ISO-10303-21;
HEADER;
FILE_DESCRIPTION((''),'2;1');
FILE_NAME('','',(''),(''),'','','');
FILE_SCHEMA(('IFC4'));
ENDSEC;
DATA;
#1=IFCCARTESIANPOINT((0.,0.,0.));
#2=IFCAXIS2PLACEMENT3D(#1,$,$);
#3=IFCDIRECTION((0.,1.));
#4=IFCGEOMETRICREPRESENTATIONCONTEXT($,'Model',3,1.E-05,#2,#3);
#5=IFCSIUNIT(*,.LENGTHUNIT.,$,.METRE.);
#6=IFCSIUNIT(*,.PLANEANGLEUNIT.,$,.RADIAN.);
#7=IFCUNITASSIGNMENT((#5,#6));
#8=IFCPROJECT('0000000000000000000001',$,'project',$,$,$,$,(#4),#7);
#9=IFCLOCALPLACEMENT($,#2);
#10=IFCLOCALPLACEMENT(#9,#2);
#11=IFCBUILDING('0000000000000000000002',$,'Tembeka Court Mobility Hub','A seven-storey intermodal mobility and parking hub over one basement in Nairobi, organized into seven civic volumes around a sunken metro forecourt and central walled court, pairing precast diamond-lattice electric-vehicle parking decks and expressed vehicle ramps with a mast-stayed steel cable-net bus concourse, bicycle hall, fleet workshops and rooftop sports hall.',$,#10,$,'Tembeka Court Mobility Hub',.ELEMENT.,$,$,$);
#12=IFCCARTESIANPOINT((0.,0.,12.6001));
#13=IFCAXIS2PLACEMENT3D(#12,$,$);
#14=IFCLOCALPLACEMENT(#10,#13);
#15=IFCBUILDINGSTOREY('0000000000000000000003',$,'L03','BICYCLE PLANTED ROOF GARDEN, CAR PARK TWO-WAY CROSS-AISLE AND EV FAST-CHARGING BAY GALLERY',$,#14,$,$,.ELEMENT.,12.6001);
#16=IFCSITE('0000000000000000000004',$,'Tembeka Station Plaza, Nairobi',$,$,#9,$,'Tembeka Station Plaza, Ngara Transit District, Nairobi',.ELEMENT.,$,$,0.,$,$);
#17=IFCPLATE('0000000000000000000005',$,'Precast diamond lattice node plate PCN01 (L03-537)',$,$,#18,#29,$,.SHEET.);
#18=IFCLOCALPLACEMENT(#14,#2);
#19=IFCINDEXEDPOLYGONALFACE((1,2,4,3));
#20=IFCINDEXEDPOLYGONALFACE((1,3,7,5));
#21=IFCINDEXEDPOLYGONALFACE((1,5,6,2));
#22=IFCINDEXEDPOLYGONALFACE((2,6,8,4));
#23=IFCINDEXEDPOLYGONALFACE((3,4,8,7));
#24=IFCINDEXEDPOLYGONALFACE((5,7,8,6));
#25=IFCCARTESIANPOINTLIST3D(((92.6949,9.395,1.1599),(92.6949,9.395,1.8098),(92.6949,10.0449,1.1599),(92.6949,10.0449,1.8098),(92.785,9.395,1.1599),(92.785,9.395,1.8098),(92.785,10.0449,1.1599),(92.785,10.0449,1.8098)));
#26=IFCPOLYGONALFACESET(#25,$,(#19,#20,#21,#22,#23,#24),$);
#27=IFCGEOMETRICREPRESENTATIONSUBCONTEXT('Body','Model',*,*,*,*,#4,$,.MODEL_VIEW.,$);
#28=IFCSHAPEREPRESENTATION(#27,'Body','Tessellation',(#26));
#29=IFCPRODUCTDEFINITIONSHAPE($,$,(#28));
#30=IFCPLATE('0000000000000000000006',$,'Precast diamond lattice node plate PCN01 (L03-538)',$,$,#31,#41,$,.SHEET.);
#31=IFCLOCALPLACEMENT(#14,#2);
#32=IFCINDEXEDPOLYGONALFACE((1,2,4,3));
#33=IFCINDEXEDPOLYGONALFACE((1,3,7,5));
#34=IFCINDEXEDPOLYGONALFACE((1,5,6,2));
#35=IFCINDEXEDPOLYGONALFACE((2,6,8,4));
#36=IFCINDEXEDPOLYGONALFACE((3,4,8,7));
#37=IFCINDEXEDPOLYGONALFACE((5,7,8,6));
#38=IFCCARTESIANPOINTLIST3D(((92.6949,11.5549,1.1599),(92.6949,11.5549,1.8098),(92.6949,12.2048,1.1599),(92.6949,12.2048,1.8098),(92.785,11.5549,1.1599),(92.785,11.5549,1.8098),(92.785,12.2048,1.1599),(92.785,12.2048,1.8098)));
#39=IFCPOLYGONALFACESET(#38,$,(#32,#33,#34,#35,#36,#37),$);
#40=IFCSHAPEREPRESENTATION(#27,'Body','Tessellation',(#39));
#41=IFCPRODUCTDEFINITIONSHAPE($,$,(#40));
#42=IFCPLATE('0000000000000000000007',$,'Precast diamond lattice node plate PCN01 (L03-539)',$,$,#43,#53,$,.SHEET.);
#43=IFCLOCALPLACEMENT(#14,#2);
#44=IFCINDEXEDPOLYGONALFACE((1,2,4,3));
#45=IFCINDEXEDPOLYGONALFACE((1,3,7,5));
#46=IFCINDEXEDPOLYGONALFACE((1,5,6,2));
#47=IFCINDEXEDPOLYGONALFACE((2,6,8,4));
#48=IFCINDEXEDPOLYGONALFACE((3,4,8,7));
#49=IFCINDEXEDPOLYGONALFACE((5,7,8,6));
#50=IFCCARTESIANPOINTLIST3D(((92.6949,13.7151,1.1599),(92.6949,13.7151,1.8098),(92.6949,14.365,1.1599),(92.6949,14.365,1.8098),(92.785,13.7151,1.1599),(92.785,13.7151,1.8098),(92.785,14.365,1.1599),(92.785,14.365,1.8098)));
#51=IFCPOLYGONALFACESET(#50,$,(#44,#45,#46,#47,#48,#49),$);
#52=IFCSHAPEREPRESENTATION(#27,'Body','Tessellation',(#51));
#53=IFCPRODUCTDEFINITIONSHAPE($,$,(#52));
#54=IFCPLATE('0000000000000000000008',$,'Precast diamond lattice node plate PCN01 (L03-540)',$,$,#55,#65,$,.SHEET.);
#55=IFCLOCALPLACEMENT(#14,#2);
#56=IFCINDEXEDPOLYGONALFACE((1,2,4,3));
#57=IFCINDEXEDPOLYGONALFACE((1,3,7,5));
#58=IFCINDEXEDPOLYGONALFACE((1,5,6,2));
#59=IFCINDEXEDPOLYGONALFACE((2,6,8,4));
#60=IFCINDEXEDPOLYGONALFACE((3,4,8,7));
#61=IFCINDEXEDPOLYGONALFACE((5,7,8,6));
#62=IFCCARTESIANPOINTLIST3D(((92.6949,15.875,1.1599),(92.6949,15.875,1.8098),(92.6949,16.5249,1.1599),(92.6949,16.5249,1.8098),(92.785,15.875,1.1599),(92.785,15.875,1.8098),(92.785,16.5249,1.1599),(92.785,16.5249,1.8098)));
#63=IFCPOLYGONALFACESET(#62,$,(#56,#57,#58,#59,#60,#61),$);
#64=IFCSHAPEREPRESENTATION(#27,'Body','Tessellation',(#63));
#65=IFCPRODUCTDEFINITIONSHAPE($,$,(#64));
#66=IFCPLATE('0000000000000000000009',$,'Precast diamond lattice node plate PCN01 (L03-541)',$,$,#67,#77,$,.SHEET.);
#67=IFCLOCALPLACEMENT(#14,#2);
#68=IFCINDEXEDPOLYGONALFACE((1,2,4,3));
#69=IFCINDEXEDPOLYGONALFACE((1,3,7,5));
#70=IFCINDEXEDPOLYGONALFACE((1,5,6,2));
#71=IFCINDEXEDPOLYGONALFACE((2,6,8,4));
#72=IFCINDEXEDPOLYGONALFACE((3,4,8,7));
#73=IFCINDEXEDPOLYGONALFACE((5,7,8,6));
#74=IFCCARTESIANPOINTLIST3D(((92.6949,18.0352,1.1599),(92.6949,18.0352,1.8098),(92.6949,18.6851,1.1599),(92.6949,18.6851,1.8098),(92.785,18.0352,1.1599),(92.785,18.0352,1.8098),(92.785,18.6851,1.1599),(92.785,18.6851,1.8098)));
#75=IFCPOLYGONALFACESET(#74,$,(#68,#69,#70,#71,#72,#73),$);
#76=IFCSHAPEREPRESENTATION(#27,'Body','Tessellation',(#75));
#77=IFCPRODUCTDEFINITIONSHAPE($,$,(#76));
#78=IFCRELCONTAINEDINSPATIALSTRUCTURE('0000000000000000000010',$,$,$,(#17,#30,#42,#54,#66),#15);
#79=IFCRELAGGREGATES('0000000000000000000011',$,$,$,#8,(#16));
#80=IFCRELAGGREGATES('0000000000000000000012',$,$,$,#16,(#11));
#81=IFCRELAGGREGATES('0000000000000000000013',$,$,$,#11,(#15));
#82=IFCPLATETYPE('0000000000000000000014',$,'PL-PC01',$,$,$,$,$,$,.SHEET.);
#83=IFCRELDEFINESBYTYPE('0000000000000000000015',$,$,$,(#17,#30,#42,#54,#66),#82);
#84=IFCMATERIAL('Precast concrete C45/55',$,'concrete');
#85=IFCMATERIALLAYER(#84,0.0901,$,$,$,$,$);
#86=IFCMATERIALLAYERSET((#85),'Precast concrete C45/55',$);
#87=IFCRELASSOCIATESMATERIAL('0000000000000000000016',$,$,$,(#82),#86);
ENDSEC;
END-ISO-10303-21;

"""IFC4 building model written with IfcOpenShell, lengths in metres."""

from ifc_helpers import new_model, si_unit, direction, frame, origin, origin_2d, place, context, subcontext, project, spatial, rectangle, extrude, material, layer, layer_set, type_object, element, save


model = new_model("IFC4")

# Units and contexts
model_context = context("Model", 3, precision=1e-05, world=origin(), true_north=direction((0.0, 1.0)))
body_context = subcontext(model_context, "Body", "Model", "MODEL_VIEW")
ifc_project = project(units=[si_unit("LENGTHUNIT", "METRE"), si_unit("PLANEANGLEUNIT", "RADIAN")], contexts=[model_context])

# Site, building, storey
site_placement = place(None, origin())
site = spatial("IfcSite", under=ifc_project, at=site_placement, Name="Tembeka Station Plaza, Nairobi", LongName="Tembeka Station Plaza, Ngara Transit District, Nairobi", CompositionType="ELEMENT", RefElevation=0.0)
building_placement = place(site_placement, origin())
building = spatial("IfcBuilding", under=site, at=building_placement, Name="Tembeka Court Mobility Hub", Description="A seven-storey intermodal mobility and parking hub over one basement in Nairobi, organized into seven civic volumes around a sunken metro forecourt and central walled court, pairing precast diamond-lattice electric-vehicle parking decks and expressed vehicle ramps with a mast-stayed steel cable-net bus concourse, bicycle hall, fleet workshops and rooftop sports hall.", LongName="Tembeka Court Mobility Hub", CompositionType="ELEMENT")
storey_placement = place(building_placement, frame((0.0, 0.0, 12.6001)))
storey = spatial("IfcBuildingStorey", under=building, at=storey_placement, Name="L03", Description="BICYCLE PLANTED ROOF GARDEN, CAR PARK TWO-WAY CROSS-AISLE AND EV FAST-CHARGING BAY GALLERY", CompositionType="ELEMENT", Elevation=12.6001)

# Shared definitions
ifc_material_1 = material(Name="Precast concrete C45/55", Category="concrete")

# Plates
ifc_layer = layer(ifc_material_1, 0.0901)
ifc_layer_set = layer_set([ifc_layer], Name="Precast concrete C45/55")
plate_type = type_object("IfcPlateType", Name="PL-PC01", PredefinedType="SHEET", material=ifc_layer_set)
for number, where, z_axis, x_axis, name in (
    (1, (92.74, 9.72, 1.1599), (0.0, 0.0, 1.0), (1.0, 0.0, 0.0), "Precast diamond lattice node plate PCN01 (L03-537)"),
    (2, (92.74, 11.8799, 1.1599), (0.0, 0.0, 1.0), (1.0, 0.0, 0.0), "Precast diamond lattice node plate PCN01 (L03-538)"),
    (3, (92.74, 14.04, 1.1599), (0.0, 0.0, 1.0), (1.0, 0.0, 0.0), "Precast diamond lattice node plate PCN01 (L03-539)"),
    (4, (92.74, 16.2, 1.1599), (0.0, 0.0, 1.0), (1.0, 0.0, 0.0), "Precast diamond lattice node plate PCN01 (L03-540)"),
    (5, (92.74, 18.3601, 1.1599), (0.0, 0.0, 1.0), (1.0, 0.0, 0.0), "Precast diamond lattice node plate PCN01 (L03-541)"),
):
    element("IfcPlate", number, at=place(storey_placement, frame(where, z_axis=z_axis, x_axis=x_axis)), inside=storey, type_object=plate_type, Name=name, PredefinedType="SHEET", context=body_context, shape_type="SweptSolid", body=[
        extrude(rectangle(XDim=0.0901, YDim=0.6499, at=origin_2d()), origin(), (0.0, 0.0, 1.0), 0.6499),
    ])

save(model, "model.ifc")
